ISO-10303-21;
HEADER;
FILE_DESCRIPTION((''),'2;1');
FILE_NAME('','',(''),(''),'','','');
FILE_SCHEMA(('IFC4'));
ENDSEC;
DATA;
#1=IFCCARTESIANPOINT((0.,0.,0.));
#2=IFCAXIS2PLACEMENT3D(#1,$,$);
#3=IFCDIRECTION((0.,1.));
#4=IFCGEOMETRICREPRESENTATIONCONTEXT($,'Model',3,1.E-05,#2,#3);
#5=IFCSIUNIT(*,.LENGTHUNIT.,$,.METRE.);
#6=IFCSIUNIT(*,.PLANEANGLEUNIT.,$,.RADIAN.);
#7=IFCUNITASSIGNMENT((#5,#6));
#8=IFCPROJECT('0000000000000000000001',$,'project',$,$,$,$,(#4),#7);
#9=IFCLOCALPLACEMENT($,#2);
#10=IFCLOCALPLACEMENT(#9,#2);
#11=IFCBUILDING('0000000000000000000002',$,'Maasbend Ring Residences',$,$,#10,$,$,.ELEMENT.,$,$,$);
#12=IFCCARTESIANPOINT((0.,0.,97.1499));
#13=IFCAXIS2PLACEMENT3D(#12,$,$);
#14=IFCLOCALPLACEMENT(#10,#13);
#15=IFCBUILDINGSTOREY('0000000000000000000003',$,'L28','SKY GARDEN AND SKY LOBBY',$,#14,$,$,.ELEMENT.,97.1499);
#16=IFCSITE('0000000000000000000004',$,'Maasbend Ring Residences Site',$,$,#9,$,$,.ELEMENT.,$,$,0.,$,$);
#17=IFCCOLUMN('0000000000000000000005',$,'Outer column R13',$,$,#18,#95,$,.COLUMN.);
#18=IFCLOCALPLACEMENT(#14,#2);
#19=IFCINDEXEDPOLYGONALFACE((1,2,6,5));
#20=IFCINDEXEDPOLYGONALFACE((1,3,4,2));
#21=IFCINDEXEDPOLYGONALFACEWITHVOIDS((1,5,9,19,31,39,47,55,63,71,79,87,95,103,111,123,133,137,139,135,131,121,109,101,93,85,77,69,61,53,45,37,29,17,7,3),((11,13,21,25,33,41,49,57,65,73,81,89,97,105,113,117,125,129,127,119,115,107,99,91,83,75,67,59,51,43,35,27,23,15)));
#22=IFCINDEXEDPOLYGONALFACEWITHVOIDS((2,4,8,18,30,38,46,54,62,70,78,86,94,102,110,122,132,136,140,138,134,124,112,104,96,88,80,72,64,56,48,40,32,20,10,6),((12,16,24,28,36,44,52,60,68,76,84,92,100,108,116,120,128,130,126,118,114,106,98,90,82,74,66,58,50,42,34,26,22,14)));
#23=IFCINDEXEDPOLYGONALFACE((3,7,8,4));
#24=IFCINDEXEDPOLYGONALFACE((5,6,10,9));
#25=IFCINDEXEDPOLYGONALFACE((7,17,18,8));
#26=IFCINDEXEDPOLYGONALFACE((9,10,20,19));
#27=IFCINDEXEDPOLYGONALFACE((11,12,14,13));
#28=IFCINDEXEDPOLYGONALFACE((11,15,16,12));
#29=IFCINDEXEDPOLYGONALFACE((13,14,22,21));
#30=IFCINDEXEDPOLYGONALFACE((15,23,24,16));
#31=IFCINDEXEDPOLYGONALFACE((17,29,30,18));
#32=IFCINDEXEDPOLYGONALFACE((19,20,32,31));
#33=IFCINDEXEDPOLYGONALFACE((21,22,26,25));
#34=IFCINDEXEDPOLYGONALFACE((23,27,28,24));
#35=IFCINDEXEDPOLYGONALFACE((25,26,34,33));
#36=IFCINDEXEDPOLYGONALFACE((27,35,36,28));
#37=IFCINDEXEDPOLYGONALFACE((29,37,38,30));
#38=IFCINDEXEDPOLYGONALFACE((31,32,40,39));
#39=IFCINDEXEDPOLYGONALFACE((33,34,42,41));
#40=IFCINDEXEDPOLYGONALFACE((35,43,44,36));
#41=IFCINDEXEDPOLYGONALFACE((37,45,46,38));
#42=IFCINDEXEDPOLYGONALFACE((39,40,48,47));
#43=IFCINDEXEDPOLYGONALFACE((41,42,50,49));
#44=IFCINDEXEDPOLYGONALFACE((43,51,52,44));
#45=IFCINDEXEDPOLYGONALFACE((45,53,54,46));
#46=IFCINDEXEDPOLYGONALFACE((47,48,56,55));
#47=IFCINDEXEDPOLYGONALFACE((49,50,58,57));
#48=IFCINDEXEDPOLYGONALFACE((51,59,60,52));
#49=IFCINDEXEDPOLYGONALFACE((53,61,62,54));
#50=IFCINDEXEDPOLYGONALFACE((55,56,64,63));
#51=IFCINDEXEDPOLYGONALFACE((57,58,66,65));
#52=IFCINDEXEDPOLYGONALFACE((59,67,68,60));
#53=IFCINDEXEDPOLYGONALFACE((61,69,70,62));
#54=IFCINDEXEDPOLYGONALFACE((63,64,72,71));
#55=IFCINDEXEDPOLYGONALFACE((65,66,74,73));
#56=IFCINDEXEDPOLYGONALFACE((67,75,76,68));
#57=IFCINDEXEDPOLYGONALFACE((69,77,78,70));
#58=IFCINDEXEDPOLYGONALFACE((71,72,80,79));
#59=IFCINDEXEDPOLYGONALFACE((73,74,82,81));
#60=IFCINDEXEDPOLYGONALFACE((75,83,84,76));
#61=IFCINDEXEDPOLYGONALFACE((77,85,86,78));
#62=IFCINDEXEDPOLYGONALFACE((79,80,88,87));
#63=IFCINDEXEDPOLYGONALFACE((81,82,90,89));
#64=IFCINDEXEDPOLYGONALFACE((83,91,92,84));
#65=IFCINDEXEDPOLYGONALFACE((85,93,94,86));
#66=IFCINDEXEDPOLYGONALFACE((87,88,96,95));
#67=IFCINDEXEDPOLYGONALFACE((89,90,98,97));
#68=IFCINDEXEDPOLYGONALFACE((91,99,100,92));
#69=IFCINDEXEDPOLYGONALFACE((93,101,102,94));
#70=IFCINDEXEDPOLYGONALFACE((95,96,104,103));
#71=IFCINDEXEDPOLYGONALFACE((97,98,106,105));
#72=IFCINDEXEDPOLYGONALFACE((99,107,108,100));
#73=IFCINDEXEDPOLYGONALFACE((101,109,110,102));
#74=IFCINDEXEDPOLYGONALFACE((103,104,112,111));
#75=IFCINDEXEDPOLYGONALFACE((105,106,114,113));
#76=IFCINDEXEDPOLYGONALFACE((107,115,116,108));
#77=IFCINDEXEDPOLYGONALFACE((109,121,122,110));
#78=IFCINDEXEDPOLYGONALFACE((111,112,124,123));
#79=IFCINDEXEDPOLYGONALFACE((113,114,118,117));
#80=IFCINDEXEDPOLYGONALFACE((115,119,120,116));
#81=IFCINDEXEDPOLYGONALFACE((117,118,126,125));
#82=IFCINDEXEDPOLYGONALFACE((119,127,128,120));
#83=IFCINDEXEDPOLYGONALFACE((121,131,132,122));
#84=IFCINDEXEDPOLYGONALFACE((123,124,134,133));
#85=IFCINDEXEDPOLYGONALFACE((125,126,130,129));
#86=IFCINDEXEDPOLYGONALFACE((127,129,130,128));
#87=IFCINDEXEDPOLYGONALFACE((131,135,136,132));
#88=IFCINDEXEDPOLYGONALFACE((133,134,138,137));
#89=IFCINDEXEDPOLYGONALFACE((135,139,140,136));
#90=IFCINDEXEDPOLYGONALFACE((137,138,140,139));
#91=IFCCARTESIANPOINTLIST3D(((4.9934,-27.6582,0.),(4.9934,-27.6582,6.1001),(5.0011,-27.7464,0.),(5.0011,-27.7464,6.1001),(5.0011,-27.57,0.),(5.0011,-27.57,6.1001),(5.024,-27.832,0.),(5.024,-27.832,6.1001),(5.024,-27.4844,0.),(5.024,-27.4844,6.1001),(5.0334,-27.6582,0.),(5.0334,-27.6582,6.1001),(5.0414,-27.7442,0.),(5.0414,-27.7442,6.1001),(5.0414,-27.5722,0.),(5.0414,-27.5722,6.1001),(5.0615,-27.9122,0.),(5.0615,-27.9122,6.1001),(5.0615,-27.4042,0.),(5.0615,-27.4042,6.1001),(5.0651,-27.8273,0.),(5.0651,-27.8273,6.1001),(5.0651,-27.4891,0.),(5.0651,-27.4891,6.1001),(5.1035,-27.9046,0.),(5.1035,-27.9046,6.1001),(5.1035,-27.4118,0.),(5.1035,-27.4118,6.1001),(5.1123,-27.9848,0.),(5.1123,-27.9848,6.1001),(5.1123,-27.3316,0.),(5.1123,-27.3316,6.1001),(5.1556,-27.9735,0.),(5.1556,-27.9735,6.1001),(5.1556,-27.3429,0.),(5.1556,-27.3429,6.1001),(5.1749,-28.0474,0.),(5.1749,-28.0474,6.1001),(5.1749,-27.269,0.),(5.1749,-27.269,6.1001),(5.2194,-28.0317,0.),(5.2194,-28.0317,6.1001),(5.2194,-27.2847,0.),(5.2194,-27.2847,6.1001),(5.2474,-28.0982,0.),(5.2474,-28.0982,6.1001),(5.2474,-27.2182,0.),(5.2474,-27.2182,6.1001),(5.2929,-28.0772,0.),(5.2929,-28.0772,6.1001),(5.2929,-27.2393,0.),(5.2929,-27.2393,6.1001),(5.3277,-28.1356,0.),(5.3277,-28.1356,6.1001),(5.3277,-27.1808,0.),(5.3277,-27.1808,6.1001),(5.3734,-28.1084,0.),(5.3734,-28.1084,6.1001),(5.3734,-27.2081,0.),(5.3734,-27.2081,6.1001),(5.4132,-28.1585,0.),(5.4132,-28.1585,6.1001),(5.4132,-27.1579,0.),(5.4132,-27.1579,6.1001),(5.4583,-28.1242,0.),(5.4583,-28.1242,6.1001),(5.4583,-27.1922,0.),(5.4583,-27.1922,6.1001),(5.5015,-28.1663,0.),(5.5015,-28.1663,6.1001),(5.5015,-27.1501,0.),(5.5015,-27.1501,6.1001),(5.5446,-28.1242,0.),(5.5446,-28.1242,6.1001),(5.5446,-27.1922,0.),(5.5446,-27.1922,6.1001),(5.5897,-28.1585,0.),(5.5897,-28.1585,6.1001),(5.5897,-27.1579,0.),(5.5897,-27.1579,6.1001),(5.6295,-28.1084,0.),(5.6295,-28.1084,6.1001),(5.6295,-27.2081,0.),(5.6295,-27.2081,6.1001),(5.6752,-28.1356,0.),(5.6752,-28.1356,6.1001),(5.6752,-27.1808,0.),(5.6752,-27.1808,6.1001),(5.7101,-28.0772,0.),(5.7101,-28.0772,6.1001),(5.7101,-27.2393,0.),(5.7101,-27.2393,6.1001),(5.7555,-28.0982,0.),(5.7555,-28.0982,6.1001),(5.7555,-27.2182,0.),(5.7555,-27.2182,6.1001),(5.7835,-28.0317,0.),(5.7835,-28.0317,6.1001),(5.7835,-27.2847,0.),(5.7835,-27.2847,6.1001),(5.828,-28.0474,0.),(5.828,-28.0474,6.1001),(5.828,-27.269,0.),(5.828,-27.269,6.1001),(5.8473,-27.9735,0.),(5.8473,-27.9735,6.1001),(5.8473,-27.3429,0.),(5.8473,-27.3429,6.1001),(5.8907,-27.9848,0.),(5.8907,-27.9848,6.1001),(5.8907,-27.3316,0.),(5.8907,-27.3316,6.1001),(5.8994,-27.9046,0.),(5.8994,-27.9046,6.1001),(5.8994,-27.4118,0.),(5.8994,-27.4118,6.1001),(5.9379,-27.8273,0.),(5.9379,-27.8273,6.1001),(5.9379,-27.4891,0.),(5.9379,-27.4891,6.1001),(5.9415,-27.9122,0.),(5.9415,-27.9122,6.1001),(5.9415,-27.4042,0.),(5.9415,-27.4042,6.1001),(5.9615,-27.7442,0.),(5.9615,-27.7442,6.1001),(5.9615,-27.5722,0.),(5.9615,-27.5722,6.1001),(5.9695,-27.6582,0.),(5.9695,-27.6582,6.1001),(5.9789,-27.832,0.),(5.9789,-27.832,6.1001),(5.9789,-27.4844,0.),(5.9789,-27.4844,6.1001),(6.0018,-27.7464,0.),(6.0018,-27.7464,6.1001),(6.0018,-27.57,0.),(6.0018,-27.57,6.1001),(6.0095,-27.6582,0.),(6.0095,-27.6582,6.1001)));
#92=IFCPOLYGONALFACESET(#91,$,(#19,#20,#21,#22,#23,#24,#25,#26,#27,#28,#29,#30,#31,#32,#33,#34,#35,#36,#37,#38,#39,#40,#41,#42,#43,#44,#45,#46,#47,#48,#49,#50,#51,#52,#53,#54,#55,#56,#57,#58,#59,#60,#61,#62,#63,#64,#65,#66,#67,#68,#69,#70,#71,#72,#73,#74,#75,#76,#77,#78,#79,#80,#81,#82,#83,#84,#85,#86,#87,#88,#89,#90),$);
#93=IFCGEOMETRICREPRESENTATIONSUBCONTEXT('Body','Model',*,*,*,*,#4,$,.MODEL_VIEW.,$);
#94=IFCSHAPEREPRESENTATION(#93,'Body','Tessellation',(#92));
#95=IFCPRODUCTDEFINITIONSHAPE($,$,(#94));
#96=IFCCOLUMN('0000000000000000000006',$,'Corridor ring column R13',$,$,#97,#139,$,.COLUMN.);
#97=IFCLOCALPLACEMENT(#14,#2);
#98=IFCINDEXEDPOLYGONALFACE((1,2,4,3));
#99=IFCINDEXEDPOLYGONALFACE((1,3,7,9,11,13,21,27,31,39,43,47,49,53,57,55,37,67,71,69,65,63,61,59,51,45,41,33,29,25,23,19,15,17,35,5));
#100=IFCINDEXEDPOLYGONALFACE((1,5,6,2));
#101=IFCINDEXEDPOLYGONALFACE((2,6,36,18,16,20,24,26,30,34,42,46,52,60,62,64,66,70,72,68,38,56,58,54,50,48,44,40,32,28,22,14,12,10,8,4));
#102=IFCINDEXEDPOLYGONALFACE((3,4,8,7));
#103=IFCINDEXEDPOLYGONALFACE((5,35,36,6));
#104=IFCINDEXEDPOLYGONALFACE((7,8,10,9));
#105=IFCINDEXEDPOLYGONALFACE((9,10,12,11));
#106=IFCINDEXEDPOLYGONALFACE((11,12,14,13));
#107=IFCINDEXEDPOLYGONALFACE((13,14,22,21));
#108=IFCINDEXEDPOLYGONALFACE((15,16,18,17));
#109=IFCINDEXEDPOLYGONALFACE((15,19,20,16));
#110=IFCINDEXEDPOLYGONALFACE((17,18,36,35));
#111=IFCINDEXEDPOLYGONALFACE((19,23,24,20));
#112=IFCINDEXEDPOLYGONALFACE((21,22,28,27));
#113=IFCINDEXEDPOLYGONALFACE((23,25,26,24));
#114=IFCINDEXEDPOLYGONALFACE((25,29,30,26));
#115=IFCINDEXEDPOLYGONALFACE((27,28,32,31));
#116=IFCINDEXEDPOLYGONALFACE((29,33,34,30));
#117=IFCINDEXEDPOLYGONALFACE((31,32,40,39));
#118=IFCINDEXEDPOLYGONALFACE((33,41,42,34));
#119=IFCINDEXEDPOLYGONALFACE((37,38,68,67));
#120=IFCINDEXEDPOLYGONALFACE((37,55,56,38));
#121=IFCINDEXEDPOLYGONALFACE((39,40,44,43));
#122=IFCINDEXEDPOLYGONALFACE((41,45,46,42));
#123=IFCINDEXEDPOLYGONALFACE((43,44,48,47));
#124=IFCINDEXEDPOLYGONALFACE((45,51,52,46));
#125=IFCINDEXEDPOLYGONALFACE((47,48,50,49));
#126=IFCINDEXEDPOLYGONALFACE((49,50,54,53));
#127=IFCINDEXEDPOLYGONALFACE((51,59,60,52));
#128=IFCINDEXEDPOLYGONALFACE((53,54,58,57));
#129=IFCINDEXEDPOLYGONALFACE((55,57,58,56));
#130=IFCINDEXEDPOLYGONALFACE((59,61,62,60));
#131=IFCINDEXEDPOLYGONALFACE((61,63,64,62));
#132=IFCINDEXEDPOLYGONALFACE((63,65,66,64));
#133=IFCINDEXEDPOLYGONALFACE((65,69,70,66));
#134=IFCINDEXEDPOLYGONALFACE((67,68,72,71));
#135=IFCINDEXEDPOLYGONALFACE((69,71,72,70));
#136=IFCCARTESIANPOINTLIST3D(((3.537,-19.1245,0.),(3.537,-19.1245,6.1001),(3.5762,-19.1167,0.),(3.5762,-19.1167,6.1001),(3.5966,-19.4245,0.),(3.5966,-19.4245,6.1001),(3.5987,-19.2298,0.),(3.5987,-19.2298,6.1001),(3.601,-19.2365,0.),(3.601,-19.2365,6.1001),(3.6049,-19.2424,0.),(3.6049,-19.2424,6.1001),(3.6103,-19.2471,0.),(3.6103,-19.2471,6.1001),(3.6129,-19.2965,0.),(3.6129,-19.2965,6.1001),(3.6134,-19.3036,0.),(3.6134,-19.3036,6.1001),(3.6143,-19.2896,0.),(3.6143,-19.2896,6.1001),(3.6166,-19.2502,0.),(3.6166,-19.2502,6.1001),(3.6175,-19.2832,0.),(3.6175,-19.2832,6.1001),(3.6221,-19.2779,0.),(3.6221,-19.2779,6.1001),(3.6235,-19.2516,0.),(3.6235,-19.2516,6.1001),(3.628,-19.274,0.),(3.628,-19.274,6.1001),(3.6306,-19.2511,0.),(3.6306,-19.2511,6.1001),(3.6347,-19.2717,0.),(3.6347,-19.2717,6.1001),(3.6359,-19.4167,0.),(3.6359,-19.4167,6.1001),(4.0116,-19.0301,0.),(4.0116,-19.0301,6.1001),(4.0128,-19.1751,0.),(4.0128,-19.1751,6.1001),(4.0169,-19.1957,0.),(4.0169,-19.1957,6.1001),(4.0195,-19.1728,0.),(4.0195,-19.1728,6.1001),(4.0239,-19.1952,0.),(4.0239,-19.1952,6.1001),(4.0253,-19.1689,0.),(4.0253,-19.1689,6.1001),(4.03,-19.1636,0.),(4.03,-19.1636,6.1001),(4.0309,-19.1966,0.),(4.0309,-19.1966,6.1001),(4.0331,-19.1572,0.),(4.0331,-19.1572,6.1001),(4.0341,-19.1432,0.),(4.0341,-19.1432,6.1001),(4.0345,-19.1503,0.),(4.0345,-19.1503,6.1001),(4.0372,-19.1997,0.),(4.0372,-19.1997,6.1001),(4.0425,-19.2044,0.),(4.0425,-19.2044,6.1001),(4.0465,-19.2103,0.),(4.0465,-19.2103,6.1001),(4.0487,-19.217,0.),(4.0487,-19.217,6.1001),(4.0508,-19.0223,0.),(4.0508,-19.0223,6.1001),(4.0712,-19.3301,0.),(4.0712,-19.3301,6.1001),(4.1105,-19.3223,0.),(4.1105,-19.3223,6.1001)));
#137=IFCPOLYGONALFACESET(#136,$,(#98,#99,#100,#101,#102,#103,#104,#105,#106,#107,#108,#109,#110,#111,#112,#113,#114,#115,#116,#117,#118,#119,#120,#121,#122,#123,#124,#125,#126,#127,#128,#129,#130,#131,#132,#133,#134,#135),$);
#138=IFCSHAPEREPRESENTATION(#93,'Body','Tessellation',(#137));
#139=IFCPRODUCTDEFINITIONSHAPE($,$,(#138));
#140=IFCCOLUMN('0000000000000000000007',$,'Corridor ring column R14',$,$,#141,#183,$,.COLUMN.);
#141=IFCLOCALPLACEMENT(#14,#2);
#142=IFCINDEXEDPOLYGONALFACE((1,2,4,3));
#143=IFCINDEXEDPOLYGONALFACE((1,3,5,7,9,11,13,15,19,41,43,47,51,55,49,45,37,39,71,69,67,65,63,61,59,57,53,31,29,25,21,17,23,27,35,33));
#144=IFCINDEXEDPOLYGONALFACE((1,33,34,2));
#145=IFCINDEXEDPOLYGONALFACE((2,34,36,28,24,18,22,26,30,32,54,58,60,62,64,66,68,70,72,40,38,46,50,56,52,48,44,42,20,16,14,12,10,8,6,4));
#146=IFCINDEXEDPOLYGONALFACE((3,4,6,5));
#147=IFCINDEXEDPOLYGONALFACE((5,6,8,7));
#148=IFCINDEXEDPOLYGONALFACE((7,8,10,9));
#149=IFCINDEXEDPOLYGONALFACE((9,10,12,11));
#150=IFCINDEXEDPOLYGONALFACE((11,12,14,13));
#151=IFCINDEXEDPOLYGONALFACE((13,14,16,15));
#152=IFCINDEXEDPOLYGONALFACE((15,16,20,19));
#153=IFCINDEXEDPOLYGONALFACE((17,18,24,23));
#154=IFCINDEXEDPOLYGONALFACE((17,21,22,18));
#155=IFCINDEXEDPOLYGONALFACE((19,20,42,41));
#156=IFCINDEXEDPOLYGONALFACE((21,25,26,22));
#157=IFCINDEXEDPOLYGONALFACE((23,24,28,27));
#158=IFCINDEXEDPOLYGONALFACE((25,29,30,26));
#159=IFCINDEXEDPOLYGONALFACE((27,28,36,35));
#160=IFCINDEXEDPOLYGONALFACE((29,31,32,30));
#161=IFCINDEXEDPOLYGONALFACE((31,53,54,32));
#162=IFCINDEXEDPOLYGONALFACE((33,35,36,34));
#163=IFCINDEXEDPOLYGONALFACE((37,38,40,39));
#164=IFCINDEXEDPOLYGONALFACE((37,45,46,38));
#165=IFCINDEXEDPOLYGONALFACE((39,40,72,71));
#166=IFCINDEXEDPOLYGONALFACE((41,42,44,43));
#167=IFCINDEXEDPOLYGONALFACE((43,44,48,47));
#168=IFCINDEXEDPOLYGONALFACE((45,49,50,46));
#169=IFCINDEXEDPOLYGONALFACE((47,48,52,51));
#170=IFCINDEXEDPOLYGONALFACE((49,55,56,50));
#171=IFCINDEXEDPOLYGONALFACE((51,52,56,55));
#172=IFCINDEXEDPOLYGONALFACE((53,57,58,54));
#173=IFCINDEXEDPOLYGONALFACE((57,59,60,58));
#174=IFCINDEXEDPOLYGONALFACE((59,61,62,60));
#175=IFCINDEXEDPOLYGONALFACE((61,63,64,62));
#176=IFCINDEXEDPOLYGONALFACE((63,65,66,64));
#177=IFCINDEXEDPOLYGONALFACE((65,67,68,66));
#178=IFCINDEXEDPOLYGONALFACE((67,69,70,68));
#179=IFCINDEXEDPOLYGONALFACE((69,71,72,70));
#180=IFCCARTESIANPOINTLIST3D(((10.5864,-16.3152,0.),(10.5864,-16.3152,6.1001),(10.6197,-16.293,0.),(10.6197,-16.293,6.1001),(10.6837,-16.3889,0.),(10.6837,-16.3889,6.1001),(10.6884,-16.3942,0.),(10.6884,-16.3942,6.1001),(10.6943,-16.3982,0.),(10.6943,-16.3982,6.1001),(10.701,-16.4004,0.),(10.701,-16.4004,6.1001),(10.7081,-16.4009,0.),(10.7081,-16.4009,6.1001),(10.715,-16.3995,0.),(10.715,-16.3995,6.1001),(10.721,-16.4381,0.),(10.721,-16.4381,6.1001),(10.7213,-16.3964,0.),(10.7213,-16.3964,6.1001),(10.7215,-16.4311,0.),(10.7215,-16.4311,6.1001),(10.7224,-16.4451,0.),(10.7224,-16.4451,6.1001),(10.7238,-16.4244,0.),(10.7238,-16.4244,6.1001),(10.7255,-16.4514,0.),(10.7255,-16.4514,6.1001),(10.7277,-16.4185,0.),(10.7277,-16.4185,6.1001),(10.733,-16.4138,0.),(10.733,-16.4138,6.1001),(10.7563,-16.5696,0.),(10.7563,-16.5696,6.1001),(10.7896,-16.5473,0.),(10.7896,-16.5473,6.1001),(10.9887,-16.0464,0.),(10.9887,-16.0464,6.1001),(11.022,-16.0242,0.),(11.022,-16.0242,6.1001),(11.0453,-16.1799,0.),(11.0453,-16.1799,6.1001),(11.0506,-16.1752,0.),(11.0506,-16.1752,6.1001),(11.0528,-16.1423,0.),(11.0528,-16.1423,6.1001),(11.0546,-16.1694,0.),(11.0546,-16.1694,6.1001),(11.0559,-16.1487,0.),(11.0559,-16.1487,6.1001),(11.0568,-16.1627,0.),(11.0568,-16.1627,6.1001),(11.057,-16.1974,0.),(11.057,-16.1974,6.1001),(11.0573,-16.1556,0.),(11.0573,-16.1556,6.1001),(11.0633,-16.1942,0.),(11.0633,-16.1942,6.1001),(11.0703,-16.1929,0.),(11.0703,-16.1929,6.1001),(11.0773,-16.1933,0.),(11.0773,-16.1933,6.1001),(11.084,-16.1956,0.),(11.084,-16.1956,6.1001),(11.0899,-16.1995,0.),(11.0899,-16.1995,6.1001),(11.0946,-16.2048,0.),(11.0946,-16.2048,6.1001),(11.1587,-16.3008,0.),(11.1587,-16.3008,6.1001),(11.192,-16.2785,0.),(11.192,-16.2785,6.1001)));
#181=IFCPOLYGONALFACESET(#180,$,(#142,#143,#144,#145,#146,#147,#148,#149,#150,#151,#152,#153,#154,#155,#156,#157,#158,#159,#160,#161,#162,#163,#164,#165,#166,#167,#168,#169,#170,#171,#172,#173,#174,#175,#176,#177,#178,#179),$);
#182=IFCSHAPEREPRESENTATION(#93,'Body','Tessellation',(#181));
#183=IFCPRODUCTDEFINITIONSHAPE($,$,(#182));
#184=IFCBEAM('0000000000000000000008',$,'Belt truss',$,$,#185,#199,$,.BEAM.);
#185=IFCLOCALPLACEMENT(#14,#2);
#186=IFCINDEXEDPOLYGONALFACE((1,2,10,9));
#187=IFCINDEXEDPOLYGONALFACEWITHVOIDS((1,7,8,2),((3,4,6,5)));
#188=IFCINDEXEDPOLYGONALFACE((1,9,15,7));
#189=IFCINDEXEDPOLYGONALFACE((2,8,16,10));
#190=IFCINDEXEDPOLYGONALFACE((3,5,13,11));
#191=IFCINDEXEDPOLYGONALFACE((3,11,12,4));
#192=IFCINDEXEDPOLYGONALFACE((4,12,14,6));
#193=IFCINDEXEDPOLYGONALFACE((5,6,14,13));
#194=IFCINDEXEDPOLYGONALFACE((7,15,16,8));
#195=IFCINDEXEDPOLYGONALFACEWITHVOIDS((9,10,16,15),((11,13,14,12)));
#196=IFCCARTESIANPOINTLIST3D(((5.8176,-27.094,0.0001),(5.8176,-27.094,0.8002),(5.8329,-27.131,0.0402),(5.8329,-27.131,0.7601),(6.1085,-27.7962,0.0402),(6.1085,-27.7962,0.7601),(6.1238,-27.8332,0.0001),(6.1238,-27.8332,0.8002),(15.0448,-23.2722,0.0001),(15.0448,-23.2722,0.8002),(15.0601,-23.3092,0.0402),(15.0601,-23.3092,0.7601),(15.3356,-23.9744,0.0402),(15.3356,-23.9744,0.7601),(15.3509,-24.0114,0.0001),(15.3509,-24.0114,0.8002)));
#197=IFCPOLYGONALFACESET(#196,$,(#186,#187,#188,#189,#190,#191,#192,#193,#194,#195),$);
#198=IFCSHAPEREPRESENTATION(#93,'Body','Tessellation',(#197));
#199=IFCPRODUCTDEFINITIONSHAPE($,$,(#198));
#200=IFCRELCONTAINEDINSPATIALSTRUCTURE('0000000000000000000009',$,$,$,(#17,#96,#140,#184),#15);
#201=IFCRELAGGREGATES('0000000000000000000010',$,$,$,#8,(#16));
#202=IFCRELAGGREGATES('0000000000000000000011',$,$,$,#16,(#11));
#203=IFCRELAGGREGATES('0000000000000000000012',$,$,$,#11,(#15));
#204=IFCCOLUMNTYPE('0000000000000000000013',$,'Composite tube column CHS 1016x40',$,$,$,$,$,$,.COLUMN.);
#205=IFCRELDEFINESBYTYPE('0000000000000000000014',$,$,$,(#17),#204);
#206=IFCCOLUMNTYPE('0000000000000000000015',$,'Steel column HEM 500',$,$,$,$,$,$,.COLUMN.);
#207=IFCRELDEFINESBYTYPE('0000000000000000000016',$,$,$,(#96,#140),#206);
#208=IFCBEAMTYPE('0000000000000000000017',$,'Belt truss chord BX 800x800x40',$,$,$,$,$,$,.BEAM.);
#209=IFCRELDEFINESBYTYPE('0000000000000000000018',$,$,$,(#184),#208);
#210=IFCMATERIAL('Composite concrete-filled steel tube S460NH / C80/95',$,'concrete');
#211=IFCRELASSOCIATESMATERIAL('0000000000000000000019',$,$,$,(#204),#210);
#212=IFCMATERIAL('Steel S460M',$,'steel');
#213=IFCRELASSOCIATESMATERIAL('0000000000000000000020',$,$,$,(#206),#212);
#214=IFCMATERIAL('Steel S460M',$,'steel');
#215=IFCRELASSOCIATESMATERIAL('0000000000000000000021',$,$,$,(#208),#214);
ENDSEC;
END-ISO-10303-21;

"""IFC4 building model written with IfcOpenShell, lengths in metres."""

from ifc_helpers import new_model, si_unit, direction, frame, origin, origin_2d, place, context, subcontext, project, spatial, hollow_rectangle, hollow_circle, i_section, extrude, material, material_profile, profile_set, type_object, element, save


model = new_model("IFC4")

# Units and contexts
model_context = context("Model", 3, precision=1e-05, world=origin(), true_north=direction((0.0, 1.0)))
body_context = subcontext(model_context, "Body", "Model", "MODEL_VIEW")
ifc_project = project(units=[si_unit("LENGTHUNIT", "METRE"), si_unit("PLANEANGLEUNIT", "RADIAN")], contexts=[model_context])

# Site, building, storey
site_placement = place(None, origin())
site = spatial("IfcSite", under=ifc_project, at=site_placement, Name="Maasbend Ring Residences Site", CompositionType="ELEMENT", RefElevation=0.0)
building_placement = place(site_placement, origin())
building = spatial("IfcBuilding", under=site, at=building_placement, Name="Maasbend Ring Residences", CompositionType="ELEMENT")
storey_placement = place(building_placement, frame((0.0, 0.0, 97.1499)))
storey = spatial("IfcBuildingStorey", under=building, at=storey_placement, Name="L28", Description="SKY GARDEN AND SKY LOBBY", CompositionType="ELEMENT", Elevation=97.1499)

# Columns
ifc_material_1 = material(Name="Composite concrete-filled steel tube S460NH / C80/95", Category="concrete")
ifc_material_profile_1 = material_profile(ifc_material_1, hollow_circle(Radius=0.5081, WallThickness=0.04, at=origin_2d()), Name="Composite tube column CHS 1016x40")
ifc_profile_set_1 = profile_set([ifc_material_profile_1], Name="Composite concrete-filled steel tube S460NH / C80/95")
column_type_1 = type_object("IfcColumnType", Name="Composite tube column CHS 1016x40", PredefinedType="COLUMN", material=ifc_profile_set_1)
column_placement = place(storey_placement, frame((5.5015, -27.6582, 0.0), z_axis=(0.0, 0.0, 1.0), x_axis=(1.0, 0.0, 0.0)))
element("IfcColumn", 1, at=column_placement, inside=storey, type_object=column_type_1, Name="Outer column R13", PredefinedType="COLUMN", context=body_context, shape_type="SweptSolid", body=[
    extrude(hollow_circle(Radius=0.5081, WallThickness=0.04, at=origin_2d()), origin(), (0.0, 0.0, 1.0), 6.1001),
])
ifc_material_2 = material(Name="Steel S460M", Category="steel")
ifc_material_profile_2 = material_profile(ifc_material_2, i_section(OverallWidth=0.3059, OverallDepth=0.5239, WebThickness=0.021, FlangeThickness=0.04, FilletRadius=0.0271, at=origin_2d()), Name="HEM 500")
ifc_profile_set_2 = profile_set([ifc_material_profile_2], Name="Steel S460M")
column_type_2 = type_object("IfcColumnType", Name="Steel column HEM 500", PredefinedType="COLUMN", material=ifc_profile_set_2)
for number, where, z_axis, x_axis, name in (
    (2, (3.8237, -19.2234, 0.0), (0.0, 0.0, 1.0), (0.19509, -0.980785, 0.0), "Corridor ring column R13"),
    (3, (10.8892, -16.2969, 0.0), (0.0, 0.0, 1.0), (0.55557, -0.83147, 0.0), "Corridor ring column R14"),
):
    element("IfcColumn", number, at=place(storey_placement, frame(where, z_axis=z_axis, x_axis=x_axis)), inside=storey, type_object=column_type_2, Name=name, PredefinedType="COLUMN", context=body_context, shape_type="SweptSolid", body=[
        extrude(i_section(OverallWidth=0.3059, OverallDepth=0.5239, WebThickness=0.021, FlangeThickness=0.04, FilletRadius=0.0271, at=origin_2d()), origin(), (0.0, 0.0, 1.0), 6.1001),
    ])

# Beam
ifc_material_3 = material(Name="Steel S460M", Category="steel")
ifc_material_profile_3 = material_profile(ifc_material_3, hollow_rectangle(XDim=0.8, YDim=0.8, WallThickness=0.04, at=origin_2d()), Name="Belt truss chord BX 800x800x40")
ifc_profile_set_3 = profile_set([ifc_material_profile_3], Name="Steel S460M")
beam_type_1 = type_object("IfcBeamType", Name="Belt truss chord BX 800x800x40", PredefinedType="BEAM", material=ifc_profile_set_3)
for number, where, z_axis, x_axis, name in (
    (4, (5.9707, -27.4636, 0.4001), (0.923886, 0.382667, 0.0), (-0.382667, 0.923886, 0.0), "Belt truss"),
):
    element("IfcBeam", number, at=place(storey_placement, frame(where, z_axis=z_axis, x_axis=x_axis)), inside=storey, type_object=beam_type_1, Name=name, PredefinedType="BEAM", context=body_context, shape_type="SweptSolid", body=[
        extrude(hollow_rectangle(XDim=0.8, YDim=0.8, WallThickness=0.04, at=origin_2d()), origin(), (0.0, 0.0, 1.0), 9.9873),
    ])

save(model, "model.ifc")
